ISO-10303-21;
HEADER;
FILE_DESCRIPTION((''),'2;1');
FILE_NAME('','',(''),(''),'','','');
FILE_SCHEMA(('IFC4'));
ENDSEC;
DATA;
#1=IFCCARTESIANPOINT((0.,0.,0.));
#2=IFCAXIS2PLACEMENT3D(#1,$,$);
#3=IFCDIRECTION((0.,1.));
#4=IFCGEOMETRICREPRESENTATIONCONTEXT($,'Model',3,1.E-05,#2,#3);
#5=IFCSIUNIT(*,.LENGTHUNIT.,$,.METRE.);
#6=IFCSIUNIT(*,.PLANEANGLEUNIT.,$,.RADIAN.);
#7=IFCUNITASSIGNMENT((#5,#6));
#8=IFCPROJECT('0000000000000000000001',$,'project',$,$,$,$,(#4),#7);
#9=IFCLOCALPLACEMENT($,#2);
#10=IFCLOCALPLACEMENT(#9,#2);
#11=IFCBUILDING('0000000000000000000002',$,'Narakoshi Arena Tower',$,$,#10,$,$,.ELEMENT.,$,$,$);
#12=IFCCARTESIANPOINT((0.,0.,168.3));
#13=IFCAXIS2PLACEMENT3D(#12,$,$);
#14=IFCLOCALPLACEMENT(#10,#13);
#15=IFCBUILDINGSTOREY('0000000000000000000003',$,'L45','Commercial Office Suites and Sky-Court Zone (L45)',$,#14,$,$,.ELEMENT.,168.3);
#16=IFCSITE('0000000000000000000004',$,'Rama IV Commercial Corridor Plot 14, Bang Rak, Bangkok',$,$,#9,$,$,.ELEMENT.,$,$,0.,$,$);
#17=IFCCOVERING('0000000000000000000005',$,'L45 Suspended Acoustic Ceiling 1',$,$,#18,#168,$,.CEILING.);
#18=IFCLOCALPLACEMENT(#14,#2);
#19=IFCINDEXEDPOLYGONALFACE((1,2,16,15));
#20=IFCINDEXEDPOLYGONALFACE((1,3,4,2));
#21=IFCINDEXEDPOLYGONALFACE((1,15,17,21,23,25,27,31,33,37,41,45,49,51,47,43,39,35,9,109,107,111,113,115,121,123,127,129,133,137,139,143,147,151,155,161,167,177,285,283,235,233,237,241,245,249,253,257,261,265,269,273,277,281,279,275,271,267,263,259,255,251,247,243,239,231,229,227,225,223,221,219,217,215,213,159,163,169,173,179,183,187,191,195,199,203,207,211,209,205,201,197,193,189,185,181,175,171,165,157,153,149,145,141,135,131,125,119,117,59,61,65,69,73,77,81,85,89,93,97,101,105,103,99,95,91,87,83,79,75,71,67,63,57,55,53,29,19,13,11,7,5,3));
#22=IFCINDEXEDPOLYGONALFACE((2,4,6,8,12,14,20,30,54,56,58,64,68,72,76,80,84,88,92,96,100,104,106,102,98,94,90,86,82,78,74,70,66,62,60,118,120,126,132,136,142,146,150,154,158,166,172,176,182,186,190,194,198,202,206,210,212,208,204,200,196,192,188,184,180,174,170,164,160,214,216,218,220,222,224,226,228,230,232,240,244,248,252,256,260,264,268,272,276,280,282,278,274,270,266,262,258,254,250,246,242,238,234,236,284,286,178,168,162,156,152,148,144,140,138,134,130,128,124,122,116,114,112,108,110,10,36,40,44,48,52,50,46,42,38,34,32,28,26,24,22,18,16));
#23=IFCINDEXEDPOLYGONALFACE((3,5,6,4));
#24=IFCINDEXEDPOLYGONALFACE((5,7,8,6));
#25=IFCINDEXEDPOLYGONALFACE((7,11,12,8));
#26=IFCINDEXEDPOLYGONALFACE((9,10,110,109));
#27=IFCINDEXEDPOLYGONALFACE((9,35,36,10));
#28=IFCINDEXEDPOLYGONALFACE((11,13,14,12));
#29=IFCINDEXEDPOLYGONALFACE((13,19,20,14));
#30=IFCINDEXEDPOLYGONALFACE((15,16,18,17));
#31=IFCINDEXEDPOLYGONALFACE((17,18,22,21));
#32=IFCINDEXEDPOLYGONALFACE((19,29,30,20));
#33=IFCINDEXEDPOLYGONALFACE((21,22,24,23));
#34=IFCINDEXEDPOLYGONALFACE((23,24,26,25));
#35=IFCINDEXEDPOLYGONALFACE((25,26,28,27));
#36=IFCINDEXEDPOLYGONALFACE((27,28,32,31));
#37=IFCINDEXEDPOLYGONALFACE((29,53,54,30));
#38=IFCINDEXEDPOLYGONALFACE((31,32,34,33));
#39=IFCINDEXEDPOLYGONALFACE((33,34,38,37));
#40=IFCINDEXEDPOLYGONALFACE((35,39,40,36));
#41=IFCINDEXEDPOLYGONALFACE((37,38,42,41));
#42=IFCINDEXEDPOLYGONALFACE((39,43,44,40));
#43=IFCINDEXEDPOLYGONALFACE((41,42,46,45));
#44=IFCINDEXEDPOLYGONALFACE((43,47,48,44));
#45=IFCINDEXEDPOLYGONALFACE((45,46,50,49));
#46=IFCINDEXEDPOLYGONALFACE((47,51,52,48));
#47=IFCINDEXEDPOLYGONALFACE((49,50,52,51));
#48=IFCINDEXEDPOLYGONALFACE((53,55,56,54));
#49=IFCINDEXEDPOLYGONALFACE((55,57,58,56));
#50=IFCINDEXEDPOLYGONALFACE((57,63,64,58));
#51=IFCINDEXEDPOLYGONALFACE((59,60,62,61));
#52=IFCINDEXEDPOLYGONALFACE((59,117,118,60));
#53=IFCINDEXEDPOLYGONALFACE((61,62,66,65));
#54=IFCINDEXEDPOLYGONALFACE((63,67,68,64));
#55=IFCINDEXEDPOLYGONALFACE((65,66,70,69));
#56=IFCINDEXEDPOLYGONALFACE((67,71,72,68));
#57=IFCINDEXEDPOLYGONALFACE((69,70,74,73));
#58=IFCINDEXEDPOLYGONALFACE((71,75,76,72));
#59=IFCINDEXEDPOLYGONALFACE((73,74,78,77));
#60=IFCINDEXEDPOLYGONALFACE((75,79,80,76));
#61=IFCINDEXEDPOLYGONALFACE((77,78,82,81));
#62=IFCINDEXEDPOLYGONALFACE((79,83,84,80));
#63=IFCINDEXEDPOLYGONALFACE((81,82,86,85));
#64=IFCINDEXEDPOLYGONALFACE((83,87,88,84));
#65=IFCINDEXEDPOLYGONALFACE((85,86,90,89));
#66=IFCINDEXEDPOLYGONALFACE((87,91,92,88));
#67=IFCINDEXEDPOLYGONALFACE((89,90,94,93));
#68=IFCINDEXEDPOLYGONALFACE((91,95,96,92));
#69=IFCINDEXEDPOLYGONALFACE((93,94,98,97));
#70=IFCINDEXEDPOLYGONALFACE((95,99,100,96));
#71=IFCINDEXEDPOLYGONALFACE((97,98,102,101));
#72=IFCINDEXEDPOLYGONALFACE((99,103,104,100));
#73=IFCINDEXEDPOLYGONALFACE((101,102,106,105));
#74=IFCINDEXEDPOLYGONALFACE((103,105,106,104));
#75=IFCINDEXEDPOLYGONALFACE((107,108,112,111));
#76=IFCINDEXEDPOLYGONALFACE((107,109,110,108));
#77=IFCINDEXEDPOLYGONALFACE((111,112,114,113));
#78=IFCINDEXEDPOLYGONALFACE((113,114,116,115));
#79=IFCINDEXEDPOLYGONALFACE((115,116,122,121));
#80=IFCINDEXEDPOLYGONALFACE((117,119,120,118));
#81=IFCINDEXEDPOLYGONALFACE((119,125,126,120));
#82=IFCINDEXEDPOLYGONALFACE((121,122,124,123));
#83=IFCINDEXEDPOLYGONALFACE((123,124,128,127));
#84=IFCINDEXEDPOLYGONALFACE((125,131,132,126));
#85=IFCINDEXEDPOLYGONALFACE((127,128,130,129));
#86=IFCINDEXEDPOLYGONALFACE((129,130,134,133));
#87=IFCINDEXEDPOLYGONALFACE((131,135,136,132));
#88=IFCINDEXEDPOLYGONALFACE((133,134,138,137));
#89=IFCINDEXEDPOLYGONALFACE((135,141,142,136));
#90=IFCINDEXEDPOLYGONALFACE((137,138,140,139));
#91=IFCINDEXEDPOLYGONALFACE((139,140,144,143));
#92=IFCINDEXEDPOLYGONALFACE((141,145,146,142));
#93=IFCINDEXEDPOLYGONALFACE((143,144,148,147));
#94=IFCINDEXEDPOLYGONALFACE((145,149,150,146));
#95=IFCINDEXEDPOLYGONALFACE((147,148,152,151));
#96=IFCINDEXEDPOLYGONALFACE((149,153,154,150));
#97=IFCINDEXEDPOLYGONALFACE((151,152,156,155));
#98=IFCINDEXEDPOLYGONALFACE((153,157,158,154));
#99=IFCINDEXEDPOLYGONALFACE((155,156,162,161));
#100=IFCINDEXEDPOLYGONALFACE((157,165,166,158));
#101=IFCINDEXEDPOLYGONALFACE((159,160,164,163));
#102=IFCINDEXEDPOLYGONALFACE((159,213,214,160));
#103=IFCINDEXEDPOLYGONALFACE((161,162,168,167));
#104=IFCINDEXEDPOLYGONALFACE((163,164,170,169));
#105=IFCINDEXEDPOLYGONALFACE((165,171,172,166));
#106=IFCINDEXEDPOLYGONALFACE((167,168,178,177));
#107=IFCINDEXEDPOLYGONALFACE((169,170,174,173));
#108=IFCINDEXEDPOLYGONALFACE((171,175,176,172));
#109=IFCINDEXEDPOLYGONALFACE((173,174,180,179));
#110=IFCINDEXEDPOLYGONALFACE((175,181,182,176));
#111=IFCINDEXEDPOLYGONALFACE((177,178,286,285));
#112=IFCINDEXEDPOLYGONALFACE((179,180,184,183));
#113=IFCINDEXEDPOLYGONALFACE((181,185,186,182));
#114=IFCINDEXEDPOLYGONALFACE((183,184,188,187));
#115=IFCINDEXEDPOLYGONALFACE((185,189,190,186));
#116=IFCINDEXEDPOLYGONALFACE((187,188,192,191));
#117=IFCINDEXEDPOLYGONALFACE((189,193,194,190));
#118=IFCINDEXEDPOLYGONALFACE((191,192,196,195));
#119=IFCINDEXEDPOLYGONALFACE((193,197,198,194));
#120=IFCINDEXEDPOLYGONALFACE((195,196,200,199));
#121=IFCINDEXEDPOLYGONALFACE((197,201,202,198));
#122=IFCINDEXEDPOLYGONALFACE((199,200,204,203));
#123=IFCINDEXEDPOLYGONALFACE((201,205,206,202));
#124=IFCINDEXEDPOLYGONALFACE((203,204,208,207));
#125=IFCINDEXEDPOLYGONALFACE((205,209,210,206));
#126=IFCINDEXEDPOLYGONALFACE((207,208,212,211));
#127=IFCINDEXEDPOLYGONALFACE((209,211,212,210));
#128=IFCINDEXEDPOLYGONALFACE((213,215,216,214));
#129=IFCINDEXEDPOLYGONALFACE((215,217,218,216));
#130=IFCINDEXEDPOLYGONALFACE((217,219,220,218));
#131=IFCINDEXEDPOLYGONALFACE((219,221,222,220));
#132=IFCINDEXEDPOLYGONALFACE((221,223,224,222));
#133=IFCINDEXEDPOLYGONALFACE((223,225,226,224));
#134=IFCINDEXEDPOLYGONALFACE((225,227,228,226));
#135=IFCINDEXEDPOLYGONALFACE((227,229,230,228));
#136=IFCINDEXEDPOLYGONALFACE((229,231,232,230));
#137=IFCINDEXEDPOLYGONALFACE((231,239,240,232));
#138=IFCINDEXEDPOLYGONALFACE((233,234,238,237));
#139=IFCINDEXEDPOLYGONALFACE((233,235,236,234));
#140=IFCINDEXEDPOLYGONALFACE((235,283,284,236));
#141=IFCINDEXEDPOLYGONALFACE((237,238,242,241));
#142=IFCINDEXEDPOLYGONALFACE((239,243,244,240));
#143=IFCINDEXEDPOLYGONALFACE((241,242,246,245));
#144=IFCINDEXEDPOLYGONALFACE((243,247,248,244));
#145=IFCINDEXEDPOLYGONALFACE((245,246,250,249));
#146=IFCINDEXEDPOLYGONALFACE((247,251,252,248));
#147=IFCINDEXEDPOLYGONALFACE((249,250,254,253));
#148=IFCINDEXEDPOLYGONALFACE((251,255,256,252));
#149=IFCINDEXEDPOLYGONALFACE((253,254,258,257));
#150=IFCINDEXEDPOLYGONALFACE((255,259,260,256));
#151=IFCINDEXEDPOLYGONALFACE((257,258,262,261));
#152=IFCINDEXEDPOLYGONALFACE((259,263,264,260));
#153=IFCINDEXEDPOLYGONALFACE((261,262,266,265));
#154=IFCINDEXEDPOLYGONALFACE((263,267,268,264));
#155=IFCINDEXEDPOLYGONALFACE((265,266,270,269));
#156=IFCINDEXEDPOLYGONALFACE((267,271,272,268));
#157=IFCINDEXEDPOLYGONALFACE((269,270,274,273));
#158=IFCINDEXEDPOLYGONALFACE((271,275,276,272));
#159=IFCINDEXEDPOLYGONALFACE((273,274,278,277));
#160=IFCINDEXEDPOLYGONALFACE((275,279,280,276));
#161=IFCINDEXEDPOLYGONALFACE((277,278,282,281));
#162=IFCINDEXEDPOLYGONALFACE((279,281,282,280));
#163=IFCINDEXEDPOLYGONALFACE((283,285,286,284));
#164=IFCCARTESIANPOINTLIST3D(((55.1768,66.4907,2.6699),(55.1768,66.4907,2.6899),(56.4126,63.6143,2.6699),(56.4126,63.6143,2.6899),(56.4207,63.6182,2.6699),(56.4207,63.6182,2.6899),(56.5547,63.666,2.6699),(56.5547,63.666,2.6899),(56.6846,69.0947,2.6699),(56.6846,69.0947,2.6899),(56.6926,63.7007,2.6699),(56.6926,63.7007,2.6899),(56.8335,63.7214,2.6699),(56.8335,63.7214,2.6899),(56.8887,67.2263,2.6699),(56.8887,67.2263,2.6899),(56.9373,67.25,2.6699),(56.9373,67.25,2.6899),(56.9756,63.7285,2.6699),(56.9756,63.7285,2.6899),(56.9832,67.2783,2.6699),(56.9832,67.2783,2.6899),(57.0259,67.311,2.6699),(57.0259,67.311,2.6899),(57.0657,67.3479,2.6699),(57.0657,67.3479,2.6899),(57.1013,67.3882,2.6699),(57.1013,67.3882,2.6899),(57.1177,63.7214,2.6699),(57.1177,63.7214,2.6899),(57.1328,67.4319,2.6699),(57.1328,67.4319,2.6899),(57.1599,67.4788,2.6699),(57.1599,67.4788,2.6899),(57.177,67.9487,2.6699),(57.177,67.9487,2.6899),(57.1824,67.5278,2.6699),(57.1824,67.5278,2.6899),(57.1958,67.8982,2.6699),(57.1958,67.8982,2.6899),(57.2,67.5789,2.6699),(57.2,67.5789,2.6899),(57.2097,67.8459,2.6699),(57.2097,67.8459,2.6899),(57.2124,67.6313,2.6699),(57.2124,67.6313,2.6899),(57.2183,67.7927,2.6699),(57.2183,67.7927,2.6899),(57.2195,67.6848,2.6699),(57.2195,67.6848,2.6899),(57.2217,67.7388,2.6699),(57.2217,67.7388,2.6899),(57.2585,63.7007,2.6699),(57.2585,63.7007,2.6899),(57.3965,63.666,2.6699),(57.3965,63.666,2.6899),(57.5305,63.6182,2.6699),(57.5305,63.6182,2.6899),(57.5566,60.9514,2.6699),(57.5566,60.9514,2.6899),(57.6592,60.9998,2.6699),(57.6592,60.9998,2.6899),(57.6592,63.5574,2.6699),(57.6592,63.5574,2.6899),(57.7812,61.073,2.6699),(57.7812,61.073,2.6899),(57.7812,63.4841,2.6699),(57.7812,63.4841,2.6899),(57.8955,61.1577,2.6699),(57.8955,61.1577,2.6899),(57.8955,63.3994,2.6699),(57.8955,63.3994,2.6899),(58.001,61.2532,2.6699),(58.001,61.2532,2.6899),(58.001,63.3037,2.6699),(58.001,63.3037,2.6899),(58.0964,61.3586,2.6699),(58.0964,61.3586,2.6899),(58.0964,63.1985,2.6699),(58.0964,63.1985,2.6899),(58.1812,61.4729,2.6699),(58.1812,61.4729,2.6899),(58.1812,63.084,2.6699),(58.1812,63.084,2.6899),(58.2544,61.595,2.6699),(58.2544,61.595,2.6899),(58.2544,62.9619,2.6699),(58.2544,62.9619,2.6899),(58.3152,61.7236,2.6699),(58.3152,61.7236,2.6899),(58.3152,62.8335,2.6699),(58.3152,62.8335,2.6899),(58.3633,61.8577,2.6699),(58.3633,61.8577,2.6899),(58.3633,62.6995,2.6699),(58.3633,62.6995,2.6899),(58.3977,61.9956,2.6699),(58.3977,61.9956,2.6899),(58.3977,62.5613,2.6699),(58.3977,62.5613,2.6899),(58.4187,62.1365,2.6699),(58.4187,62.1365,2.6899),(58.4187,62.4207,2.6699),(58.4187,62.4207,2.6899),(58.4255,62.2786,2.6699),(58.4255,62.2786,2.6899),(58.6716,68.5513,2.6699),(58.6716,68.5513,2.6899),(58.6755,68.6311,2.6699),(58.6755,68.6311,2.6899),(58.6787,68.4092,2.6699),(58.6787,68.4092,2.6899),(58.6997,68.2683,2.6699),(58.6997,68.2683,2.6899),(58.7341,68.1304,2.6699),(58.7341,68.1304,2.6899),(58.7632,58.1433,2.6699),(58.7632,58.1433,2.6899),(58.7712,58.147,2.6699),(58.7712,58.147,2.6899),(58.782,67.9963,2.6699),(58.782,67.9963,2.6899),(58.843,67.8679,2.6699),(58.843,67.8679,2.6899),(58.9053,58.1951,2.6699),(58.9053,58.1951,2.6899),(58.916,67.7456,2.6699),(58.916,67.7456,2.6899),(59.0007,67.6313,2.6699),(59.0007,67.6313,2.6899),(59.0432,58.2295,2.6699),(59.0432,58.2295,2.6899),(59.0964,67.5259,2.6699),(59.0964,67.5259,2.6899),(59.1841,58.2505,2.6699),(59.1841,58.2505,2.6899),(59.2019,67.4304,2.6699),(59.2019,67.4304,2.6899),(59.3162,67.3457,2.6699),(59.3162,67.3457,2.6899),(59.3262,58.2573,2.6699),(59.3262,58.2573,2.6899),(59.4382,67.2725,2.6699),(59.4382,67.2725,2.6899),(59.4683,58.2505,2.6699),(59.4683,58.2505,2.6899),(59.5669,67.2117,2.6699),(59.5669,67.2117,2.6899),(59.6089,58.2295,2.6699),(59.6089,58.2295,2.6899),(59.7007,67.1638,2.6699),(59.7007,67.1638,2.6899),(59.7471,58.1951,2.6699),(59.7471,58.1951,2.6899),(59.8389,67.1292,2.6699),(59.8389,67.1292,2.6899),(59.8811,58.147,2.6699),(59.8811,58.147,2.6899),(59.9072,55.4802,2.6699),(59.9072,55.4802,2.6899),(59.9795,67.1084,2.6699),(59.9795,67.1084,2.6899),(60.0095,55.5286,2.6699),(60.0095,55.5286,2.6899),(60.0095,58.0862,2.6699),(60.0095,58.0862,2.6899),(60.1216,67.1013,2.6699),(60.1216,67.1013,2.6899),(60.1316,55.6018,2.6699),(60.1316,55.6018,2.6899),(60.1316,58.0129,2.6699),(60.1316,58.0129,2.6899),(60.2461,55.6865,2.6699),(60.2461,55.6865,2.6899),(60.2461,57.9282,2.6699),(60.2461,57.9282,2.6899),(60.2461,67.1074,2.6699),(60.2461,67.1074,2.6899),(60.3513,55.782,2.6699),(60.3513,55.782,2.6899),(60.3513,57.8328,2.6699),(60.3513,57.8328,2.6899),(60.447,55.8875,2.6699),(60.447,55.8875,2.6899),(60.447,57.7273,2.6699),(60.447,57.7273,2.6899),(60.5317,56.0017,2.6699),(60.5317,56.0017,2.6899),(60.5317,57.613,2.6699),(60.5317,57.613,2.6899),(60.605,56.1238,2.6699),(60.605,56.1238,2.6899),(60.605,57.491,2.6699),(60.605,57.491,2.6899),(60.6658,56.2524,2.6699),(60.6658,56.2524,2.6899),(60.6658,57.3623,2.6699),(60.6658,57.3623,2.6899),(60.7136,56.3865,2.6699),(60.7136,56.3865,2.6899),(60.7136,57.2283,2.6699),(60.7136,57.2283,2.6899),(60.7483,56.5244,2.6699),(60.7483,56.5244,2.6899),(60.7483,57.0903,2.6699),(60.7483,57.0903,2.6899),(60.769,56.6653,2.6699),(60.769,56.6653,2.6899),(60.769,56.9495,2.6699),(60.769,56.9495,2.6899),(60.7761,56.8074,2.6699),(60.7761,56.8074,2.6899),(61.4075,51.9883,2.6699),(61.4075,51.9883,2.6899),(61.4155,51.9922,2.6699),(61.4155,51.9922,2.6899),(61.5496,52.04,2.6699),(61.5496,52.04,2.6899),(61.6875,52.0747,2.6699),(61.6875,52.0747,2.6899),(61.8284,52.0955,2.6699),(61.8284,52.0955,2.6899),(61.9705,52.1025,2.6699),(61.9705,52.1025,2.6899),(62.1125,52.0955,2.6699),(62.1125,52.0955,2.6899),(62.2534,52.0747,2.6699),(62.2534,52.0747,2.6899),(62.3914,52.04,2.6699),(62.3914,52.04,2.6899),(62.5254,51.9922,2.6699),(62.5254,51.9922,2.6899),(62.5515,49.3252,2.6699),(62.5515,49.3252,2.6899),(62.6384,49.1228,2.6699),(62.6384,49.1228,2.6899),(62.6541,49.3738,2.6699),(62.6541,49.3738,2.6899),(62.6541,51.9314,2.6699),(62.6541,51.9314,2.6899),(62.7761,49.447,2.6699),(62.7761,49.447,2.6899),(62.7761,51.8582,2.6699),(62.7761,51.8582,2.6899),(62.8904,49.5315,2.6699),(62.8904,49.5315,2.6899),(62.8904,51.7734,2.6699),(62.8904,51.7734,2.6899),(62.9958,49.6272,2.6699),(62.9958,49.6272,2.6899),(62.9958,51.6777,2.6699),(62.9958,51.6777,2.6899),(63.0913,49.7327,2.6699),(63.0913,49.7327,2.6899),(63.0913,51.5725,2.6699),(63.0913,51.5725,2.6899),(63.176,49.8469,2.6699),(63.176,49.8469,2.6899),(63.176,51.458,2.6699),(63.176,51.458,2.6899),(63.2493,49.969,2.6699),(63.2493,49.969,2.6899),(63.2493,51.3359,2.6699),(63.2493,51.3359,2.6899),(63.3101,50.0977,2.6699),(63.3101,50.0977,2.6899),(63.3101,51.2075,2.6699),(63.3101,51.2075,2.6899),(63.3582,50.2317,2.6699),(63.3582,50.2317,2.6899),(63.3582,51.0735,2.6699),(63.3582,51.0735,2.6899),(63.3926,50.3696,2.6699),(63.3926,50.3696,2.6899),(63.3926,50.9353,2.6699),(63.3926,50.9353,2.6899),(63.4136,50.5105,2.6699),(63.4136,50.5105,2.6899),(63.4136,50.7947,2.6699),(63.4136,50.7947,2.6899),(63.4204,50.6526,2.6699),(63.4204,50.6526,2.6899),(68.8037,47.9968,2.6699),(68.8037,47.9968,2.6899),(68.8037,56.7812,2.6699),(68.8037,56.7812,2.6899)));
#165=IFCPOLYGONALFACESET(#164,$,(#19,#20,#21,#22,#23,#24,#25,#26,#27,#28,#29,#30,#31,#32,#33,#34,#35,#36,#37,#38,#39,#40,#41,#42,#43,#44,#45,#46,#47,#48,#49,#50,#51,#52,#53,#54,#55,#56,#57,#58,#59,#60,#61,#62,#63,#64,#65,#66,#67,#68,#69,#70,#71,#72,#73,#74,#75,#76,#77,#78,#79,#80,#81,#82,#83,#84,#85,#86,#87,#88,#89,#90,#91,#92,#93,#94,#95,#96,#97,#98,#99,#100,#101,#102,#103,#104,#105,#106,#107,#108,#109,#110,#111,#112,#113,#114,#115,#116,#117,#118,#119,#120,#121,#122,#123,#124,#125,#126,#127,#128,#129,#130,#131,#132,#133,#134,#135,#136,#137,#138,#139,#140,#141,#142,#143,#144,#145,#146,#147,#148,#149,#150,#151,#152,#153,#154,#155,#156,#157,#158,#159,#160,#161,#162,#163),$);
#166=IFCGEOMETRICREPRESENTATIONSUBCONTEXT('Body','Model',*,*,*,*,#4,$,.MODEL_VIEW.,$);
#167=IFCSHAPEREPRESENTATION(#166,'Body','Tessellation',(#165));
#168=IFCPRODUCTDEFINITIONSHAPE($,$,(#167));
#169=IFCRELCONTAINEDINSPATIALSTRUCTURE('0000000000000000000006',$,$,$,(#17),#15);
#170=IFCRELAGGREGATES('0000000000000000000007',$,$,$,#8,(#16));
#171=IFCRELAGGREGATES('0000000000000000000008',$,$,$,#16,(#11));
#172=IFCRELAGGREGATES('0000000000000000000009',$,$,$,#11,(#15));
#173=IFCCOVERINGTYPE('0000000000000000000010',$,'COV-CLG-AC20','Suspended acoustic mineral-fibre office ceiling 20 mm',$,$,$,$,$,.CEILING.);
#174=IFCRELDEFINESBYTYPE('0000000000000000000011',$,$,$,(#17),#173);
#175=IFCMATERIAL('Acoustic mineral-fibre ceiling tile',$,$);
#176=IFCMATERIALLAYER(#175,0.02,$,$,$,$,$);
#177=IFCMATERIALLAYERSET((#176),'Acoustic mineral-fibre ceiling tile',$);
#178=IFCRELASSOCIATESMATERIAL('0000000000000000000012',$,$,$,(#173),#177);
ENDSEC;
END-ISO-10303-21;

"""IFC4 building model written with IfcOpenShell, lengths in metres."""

from ifc_helpers import new_model, si_unit, direction, frame, origin, place, context, subcontext, project, spatial, polyline, outline, extrude, material, layer, layer_set, type_object, element, save


model = new_model("IFC4")

# Units and contexts
model_context = context("Model", 3, precision=1e-05, world=origin(), true_north=direction((0.0, 1.0)))
body_context = subcontext(model_context, "Body", "Model", "MODEL_VIEW")
ifc_project = project(units=[si_unit("LENGTHUNIT", "METRE"), si_unit("PLANEANGLEUNIT", "RADIAN")], contexts=[model_context])

# Site, building, storey
site_placement = place(None, origin())
site = spatial("IfcSite", under=ifc_project, at=site_placement, Name="Rama IV Commercial Corridor Plot 14, Bang Rak, Bangkok", CompositionType="ELEMENT", RefElevation=0.0)
building_placement = place(site_placement, origin())
building = spatial("IfcBuilding", under=site, at=building_placement, Name="Narakoshi Arena Tower", CompositionType="ELEMENT")
storey_placement = place(building_placement, frame((0.0, 0.0, 168.3)))
storey = spatial("IfcBuildingStorey", under=building, at=storey_placement, Name="L45", Description="Commercial Office Suites and Sky-Court Zone (L45)", CompositionType="ELEMENT", Elevation=168.3)

# Covering
ifc_material_1 = material(Name="Acoustic mineral-fibre ceiling tile")
ifc_layer_1 = layer(ifc_material_1, 0.02)
ifc_layer_set_1 = layer_set([ifc_layer_1], Name="Acoustic mineral-fibre ceiling tile")
covering_type_1 = type_object("IfcCoveringType", Name="COV-CLG-AC20", Description="Suspended acoustic mineral-fibre office ceiling 20 mm", PredefinedType="CEILING", material=ifc_layer_set_1)
covering_1_placement = place(storey_placement, frame((0.0, 0.0, 2.6699)))
element("IfcCovering", 1, at=covering_1_placement, inside=storey, type_object=covering_type_1, Name="L45 Suspended Acoustic Ceiling 1", PredefinedType="CEILING", context=body_context, shape_type="SweptSolid", body=[
    extrude(outline(polyline([(56.9373, 67.25), (56.9832, 67.2783), (57.0259, 67.311), (57.0657, 67.3479), (57.1013, 67.3882), (57.1328, 67.4319), (57.1599, 67.4788), (57.1824, 67.5278), (57.2, 67.5789), (57.2124, 67.6313), (57.2195, 67.6848), (57.2217, 67.7388), (57.2183, 67.7927), (57.2097, 67.8459), (57.1958, 67.8982), (57.177, 67.9487), (56.6846, 69.0947), (58.6755, 68.6311), (58.6716, 68.5513), (58.6787, 68.4092), (58.6997, 68.2683), (58.7341, 68.1304), (58.782, 67.9963), (58.843, 67.8679), (58.916, 67.7456), (59.0007, 67.6313), (59.0964, 67.5259), (59.2019, 67.4304), (59.3162, 67.3457), (59.4382, 67.2725), (59.5669, 67.2117), (59.7007, 67.1638), (59.8389, 67.1292), (59.9795, 67.1084), (60.1216, 67.1013), (60.2461, 67.1074), (68.8037, 56.7812), (68.8037, 47.9968), (62.6384, 49.1228), (62.5515, 49.3252), (62.6541, 49.3738), (62.7761, 49.447), (62.8904, 49.5315), (62.9958, 49.6272), (63.0913, 49.7327), (63.176, 49.8469), (63.2493, 49.969), (63.3101, 50.0977), (63.3582, 50.2317), (63.3926, 50.3696), (63.4136, 50.5105), (63.4204, 50.6526), (63.4136, 50.7947), (63.3926, 50.9353), (63.3582, 51.0735), (63.3101, 51.2075), (63.2493, 51.3359), (63.176, 51.458), (63.0913, 51.5725), (62.9958, 51.6777), (62.8904, 51.7734), (62.7761, 51.8582), (62.6541, 51.9314), (62.5254, 51.9922), (62.3914, 52.04), (62.2534, 52.0747), (62.1125, 52.0955), (61.9705, 52.1025), (61.8284, 52.0955), (61.6875, 52.0747), (61.5496, 52.04), (61.4155, 51.9922), (61.4075, 51.9883), (59.9072, 55.4802), (60.0095, 55.5286), (60.1316, 55.6018), (60.2461, 55.6865), (60.3513, 55.782), (60.447, 55.8875), (60.5317, 56.0017), (60.605, 56.1238), (60.6658, 56.2524), (60.7136, 56.3865), (60.7483, 56.5244), (60.769, 56.6653), (60.7761, 56.8074), (60.769, 56.9495), (60.7483, 57.0903), (60.7136, 57.2283), (60.6658, 57.3623), (60.605, 57.491), (60.5317, 57.613), (60.447, 57.7273), (60.3513, 57.8328), (60.2461, 57.9282), (60.1316, 58.0129), (60.0095, 58.0862), (59.8811, 58.147), (59.7471, 58.1951), (59.6089, 58.2295), (59.4683, 58.2505), (59.3262, 58.2573), (59.1841, 58.2505), (59.0432, 58.2295), (58.9053, 58.1951), (58.7712, 58.147), (58.7632, 58.1433), (57.5566, 60.9514), (57.6592, 60.9998), (57.7812, 61.073), (57.8955, 61.1577), (58.001, 61.2532), (58.0964, 61.3586), (58.1812, 61.4729), (58.2544, 61.595), (58.3152, 61.7236), (58.3633, 61.8577), (58.3977, 61.9956), (58.4187, 62.1365), (58.4255, 62.2786), (58.4187, 62.4207), (58.3977, 62.5613), (58.3633, 62.6995), (58.3152, 62.8335), (58.2544, 62.9619), (58.1812, 63.084), (58.0964, 63.1985), (58.001, 63.3037), (57.8955, 63.3994), (57.7812, 63.4841), (57.6592, 63.5574), (57.5305, 63.6182), (57.3965, 63.666), (57.2585, 63.7007), (57.1177, 63.7214), (56.9756, 63.7285), (56.8335, 63.7214), (56.6926, 63.7007), (56.5547, 63.666), (56.4207, 63.6182), (56.4126, 63.6143), (55.1768, 66.4907), (56.8887, 67.2263), (56.9373, 67.25)])), origin(), (0.0, 0.0, 1.0), 0.02),
])

save(model, "model.ifc")
